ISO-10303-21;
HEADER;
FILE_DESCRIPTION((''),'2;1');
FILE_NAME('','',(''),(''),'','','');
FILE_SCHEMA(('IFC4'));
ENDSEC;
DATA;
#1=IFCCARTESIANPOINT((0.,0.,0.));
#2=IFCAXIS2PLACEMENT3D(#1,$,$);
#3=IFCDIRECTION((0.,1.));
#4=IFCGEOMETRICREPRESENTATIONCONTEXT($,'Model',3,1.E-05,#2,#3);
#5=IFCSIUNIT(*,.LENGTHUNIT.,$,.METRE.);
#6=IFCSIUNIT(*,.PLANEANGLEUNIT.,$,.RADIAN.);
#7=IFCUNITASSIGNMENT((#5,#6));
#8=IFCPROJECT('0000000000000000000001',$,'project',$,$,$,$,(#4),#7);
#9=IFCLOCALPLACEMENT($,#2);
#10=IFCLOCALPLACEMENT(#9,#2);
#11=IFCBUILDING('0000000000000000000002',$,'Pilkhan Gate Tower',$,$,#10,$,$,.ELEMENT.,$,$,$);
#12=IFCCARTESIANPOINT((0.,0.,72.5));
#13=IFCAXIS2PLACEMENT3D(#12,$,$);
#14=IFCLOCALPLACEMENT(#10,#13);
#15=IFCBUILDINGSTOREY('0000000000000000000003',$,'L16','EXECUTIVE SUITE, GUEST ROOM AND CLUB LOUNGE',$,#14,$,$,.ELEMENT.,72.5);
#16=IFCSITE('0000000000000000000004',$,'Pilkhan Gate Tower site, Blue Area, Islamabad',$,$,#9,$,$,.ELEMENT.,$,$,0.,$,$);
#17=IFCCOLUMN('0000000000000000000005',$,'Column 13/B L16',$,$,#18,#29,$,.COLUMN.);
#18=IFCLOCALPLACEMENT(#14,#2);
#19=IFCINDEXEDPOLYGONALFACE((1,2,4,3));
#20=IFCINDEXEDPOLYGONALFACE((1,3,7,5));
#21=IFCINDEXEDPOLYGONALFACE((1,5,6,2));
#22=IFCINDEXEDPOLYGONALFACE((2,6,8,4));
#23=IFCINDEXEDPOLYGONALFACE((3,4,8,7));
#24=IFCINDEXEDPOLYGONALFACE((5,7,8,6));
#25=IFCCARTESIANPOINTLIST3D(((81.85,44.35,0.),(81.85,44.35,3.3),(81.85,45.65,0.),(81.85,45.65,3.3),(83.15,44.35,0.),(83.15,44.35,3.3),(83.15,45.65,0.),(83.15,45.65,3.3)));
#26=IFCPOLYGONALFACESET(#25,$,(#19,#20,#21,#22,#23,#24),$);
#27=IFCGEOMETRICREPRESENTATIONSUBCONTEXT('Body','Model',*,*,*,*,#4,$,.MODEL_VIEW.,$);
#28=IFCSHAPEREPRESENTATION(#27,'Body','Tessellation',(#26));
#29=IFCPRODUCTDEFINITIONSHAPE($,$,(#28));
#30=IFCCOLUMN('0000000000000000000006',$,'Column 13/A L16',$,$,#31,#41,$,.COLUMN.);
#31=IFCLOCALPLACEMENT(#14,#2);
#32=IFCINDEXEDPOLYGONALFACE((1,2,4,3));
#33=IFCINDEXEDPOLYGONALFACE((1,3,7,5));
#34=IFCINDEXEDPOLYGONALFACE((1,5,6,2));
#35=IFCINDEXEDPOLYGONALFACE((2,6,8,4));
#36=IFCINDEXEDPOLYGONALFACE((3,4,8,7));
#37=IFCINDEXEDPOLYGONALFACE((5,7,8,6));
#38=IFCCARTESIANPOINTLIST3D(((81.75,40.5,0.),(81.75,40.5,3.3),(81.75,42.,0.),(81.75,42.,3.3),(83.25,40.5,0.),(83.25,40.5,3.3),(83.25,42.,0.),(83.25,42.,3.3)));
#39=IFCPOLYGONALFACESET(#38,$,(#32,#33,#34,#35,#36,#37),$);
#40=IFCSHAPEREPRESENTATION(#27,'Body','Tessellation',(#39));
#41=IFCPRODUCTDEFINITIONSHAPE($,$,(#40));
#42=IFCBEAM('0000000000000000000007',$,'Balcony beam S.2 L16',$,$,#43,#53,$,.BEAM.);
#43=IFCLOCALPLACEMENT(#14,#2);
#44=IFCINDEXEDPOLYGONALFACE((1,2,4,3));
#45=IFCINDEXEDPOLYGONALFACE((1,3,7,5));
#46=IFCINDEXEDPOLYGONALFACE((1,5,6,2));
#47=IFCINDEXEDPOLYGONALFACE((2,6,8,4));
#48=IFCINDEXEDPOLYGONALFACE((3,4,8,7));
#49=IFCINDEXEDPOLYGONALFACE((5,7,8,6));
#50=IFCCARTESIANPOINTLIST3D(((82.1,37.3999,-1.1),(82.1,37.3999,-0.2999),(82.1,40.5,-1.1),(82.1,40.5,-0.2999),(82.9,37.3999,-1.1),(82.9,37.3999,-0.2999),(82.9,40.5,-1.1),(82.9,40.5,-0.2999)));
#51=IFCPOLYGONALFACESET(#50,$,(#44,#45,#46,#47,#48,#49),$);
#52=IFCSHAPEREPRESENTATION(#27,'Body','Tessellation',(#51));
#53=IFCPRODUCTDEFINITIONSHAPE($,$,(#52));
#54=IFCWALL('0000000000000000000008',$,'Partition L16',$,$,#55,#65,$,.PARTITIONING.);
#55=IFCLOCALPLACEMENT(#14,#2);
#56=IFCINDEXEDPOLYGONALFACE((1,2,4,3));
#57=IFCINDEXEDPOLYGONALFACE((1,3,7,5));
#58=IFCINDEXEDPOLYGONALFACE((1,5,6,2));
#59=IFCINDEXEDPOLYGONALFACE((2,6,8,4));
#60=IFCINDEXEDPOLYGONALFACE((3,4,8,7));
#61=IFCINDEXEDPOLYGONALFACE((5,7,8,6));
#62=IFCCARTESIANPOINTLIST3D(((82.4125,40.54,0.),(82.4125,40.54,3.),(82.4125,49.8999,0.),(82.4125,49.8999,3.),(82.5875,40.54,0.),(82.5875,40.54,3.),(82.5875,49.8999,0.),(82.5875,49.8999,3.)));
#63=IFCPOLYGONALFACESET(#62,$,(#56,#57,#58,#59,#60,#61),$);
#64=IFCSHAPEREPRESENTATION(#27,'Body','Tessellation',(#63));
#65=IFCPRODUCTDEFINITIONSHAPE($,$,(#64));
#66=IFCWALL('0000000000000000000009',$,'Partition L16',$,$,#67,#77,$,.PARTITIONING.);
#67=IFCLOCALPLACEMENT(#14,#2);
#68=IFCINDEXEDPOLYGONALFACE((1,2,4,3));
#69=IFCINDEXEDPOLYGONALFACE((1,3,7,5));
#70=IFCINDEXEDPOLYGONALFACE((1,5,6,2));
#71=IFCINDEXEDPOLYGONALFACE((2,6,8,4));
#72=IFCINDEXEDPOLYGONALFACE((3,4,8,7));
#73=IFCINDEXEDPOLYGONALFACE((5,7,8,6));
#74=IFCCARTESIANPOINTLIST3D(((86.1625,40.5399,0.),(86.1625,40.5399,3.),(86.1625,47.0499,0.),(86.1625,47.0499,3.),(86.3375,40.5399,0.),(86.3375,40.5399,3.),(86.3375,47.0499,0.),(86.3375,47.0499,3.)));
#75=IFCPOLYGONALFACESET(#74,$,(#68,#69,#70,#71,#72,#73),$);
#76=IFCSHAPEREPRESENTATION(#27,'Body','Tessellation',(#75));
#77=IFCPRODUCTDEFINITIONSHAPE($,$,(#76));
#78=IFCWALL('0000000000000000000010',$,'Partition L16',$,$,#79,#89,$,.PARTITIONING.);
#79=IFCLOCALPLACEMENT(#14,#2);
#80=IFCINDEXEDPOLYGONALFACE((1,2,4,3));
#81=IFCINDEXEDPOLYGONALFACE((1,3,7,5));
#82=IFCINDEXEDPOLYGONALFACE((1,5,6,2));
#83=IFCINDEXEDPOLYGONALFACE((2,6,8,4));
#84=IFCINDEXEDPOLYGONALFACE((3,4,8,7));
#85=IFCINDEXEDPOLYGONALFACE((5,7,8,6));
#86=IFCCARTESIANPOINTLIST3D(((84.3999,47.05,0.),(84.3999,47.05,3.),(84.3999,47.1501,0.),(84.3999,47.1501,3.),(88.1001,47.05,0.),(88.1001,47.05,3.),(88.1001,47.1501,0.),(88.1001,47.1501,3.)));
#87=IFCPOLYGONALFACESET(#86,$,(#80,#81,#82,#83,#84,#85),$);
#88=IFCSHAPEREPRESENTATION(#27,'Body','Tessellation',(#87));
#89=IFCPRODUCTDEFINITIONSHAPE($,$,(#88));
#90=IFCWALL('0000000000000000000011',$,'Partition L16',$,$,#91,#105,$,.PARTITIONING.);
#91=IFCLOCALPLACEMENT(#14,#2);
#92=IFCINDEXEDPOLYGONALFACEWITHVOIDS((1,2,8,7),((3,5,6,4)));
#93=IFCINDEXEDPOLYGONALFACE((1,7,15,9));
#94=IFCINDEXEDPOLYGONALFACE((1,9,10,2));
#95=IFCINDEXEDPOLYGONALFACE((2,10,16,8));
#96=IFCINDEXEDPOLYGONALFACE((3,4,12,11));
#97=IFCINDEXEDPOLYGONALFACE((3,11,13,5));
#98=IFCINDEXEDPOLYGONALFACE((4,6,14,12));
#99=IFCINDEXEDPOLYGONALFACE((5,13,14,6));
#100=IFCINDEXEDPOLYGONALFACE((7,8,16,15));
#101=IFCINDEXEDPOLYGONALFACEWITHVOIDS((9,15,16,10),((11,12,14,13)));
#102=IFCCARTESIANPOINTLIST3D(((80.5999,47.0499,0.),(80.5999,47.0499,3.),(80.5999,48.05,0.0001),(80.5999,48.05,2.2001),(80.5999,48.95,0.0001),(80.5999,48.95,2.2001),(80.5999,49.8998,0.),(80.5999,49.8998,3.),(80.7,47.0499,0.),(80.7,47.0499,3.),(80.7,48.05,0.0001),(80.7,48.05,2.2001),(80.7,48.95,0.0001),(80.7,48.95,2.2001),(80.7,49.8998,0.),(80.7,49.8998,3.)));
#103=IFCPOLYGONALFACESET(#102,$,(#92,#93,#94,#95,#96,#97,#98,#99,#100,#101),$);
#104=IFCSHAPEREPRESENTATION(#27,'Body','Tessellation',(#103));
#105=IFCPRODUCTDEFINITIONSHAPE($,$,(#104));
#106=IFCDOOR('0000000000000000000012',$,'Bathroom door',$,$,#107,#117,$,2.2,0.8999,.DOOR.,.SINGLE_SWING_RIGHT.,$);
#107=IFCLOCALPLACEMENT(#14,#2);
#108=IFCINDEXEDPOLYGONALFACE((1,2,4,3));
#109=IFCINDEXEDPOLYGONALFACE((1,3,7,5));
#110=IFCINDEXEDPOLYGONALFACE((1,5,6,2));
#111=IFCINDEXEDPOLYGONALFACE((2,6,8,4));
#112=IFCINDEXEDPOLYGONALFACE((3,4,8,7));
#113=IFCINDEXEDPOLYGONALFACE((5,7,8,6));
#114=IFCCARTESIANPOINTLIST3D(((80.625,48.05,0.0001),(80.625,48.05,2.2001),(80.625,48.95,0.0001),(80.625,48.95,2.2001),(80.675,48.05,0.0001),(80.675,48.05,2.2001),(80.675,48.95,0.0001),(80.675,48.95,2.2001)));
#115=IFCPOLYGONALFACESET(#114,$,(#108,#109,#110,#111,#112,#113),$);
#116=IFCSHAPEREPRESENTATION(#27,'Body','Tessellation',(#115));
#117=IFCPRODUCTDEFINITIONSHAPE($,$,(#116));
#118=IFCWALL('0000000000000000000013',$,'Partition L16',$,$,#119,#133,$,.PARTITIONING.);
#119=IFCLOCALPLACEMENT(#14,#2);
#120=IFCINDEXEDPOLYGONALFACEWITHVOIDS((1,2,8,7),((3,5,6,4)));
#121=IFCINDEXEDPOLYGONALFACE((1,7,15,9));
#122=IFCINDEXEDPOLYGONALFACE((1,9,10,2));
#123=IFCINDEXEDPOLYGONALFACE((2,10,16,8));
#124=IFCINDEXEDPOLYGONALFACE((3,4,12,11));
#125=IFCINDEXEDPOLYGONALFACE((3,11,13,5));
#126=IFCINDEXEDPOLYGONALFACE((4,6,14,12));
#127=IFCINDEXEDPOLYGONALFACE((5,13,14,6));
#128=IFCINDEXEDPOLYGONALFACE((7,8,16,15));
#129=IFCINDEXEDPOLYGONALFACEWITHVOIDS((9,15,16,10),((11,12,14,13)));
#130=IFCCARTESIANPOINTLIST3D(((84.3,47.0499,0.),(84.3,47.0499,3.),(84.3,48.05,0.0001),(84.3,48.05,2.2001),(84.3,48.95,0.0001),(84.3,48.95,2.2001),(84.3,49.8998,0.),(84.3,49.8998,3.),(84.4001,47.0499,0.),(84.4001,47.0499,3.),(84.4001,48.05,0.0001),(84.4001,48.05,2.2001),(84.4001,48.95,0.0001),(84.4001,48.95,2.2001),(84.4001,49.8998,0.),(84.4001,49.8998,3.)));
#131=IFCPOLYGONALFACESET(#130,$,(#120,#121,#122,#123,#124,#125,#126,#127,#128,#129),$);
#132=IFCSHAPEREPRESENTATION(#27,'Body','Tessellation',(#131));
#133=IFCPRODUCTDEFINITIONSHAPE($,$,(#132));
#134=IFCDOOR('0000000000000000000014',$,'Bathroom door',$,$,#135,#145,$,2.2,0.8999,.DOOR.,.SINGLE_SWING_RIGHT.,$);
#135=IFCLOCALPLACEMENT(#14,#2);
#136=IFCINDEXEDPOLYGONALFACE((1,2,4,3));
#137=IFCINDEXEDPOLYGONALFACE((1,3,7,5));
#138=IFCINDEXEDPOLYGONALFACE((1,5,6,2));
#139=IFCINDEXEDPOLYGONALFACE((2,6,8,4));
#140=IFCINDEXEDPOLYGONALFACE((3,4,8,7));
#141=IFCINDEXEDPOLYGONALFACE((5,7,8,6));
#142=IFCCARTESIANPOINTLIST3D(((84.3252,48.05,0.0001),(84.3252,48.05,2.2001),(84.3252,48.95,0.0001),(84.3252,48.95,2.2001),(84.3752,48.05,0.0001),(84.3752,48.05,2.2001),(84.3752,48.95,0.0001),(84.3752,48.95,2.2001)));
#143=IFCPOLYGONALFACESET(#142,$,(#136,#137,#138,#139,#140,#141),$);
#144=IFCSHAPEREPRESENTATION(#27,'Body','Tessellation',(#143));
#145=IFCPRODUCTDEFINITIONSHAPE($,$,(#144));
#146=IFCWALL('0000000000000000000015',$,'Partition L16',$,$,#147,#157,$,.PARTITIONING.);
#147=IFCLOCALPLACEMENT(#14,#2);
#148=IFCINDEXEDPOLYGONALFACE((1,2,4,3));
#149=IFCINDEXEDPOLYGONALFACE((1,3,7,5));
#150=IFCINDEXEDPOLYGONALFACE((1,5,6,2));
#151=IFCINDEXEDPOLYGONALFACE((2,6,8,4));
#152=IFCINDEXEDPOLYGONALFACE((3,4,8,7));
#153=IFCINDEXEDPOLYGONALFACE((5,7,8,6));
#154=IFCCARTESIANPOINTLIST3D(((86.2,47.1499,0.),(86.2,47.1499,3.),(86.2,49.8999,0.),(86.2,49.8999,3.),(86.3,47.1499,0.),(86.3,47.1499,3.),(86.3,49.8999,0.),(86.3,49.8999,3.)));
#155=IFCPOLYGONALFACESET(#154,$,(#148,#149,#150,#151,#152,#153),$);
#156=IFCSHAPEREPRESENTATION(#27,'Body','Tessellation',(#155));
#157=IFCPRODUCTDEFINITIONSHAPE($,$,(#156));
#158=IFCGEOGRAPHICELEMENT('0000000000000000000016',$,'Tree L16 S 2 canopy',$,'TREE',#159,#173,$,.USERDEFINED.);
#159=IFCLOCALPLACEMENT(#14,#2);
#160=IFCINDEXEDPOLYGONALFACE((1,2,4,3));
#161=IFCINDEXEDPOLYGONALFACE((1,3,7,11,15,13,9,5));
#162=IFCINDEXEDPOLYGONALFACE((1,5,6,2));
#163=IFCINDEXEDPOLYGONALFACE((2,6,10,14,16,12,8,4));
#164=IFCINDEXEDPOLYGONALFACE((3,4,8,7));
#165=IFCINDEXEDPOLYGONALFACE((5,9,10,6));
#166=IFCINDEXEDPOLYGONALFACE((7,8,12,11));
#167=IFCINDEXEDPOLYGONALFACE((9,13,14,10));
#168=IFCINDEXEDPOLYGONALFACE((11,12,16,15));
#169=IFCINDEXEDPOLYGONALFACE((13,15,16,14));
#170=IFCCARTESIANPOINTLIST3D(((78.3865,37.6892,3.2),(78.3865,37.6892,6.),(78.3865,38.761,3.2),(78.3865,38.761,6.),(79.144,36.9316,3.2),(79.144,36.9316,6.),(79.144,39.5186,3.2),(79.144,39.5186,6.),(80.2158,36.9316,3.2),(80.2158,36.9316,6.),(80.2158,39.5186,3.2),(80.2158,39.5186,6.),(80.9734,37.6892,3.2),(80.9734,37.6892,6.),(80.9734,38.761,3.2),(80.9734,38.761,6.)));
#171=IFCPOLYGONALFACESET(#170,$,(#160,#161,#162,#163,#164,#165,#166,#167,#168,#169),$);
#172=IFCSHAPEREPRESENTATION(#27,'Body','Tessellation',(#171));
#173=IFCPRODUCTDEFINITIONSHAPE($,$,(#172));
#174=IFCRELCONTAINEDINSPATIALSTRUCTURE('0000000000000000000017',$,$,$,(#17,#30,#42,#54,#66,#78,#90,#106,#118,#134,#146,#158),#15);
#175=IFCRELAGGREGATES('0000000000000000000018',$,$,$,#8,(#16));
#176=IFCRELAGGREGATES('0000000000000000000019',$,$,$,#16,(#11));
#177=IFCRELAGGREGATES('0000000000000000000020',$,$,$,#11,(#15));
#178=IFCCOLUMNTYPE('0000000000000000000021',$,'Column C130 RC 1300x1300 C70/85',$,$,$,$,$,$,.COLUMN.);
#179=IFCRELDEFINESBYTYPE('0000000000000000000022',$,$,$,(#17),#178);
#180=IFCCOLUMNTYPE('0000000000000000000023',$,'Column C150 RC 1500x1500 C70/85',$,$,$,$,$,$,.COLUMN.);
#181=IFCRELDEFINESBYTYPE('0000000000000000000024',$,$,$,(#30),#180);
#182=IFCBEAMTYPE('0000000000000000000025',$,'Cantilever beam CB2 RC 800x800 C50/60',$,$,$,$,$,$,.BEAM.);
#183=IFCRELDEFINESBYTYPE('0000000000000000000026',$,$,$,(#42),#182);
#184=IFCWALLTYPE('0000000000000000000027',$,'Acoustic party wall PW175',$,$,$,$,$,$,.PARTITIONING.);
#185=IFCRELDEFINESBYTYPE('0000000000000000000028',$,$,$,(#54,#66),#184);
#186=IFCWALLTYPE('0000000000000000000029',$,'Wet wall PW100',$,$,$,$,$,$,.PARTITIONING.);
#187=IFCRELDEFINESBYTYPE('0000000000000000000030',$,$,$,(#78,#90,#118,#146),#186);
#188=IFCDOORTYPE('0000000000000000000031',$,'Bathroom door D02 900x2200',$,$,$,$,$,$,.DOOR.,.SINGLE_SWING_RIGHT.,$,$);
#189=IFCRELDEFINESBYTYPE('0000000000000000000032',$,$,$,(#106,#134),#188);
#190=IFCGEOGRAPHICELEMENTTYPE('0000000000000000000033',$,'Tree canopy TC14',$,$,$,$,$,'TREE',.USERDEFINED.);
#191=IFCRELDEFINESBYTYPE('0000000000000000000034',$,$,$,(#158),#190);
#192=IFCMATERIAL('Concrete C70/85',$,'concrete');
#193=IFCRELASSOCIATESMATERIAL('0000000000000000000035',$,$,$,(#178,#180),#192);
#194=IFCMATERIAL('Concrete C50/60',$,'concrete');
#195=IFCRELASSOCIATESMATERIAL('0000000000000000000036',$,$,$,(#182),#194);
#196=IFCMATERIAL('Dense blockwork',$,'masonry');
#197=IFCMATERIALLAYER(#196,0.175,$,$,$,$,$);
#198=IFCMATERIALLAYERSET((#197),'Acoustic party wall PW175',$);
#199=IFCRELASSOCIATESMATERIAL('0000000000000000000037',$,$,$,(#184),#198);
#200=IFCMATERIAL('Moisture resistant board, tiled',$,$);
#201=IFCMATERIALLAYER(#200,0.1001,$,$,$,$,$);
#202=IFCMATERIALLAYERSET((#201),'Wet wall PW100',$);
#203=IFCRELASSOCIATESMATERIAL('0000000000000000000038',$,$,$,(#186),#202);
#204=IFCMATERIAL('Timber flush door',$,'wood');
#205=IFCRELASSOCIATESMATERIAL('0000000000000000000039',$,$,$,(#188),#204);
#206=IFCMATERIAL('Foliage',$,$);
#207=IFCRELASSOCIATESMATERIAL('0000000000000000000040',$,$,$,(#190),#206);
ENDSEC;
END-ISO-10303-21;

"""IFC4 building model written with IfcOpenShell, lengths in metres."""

from ifc_helpers import new_model, si_unit, direction, frame, frame_2d, origin, origin_2d, place, context, subcontext, project, spatial, polyline, rectangle, outline, extrude, material, layer, layer_set, material_profile, profile_set, type_object, element, fill, save


model = new_model("IFC4")

# Units and contexts
model_context = context("Model", 3, precision=1e-05, world=origin(), true_north=direction((0.0, 1.0)))
body_context = subcontext(model_context, "Body", "Model", "MODEL_VIEW")
ifc_project = project(units=[si_unit("LENGTHUNIT", "METRE"), si_unit("PLANEANGLEUNIT", "RADIAN")], contexts=[model_context])

# Site, building, storey
site_placement = place(None, origin())
site = spatial("IfcSite", under=ifc_project, at=site_placement, Name="Pilkhan Gate Tower site, Blue Area, Islamabad", CompositionType="ELEMENT", RefElevation=0.0)
building_placement = place(site_placement, origin())
building = spatial("IfcBuilding", under=site, at=building_placement, Name="Pilkhan Gate Tower", CompositionType="ELEMENT")
storey_placement = place(building_placement, frame((0.0, 0.0, 72.5)))
storey = spatial("IfcBuildingStorey", under=building, at=storey_placement, Name="L16", Description="EXECUTIVE SUITE, GUEST ROOM AND CLUB LOUNGE", CompositionType="ELEMENT", Elevation=72.5)

# Columns
ifc_material_1 = material(Name="Concrete C70/85", Category="concrete")
ifc_material_profile_1 = material_profile(ifc_material_1, rectangle(XDim=1.3, YDim=1.3, at=origin_2d()), Name="RC 1300x1300")
ifc_profile_set_1 = profile_set([ifc_material_profile_1], Name="Concrete C70/85")
column_type_1 = type_object("IfcColumnType", Name="Column C130 RC 1300x1300 C70/85", PredefinedType="COLUMN", material=ifc_profile_set_1)
column_1_placement = place(storey_placement, frame((82.5, 45.0, 0.0), z_axis=(0.0, 0.0, 1.0), x_axis=(1.0, 0.0, 0.0)))
element("IfcColumn", 1, at=column_1_placement, inside=storey, type_object=column_type_1, Name="Column 13/B L16", PredefinedType="COLUMN", context=body_context, shape_type="SweptSolid", body=[
    extrude(rectangle(XDim=1.3, YDim=1.3, at=origin_2d()), origin(), (0.0, 0.0, 1.0), 3.3),
])
ifc_material_profile_2 = material_profile(ifc_material_1, rectangle(XDim=1.5, YDim=1.5, at=origin_2d()), Name="RC 1500x1500")
ifc_profile_set_2 = profile_set([ifc_material_profile_2], Name="Concrete C70/85")
column_type_2 = type_object("IfcColumnType", Name="Column C150 RC 1500x1500 C70/85", PredefinedType="COLUMN", material=ifc_profile_set_2)
column_2_placement = place(storey_placement, frame((82.5, 41.25, 0.0), z_axis=(0.0, 0.0, 1.0), x_axis=(1.0, 0.0, 0.0)))
element("IfcColumn", 2, at=column_2_placement, inside=storey, type_object=column_type_2, Name="Column 13/A L16", PredefinedType="COLUMN", context=body_context, shape_type="SweptSolid", body=[
    extrude(rectangle(XDim=1.5, YDim=1.5, at=origin_2d()), origin(), (0.0, 0.0, 1.0), 3.3),
])

# Beam
ifc_material_2 = material(Name="Concrete C50/60", Category="concrete")
ifc_material_profile_3 = material_profile(ifc_material_2, rectangle(XDim=0.8, YDim=0.8, at=origin_2d()), Name="RC 800x800")
ifc_profile_set_3 = profile_set([ifc_material_profile_3], Name="Concrete C50/60")
beam_type = type_object("IfcBeamType", Name="Cantilever beam CB2 RC 800x800 C50/60", PredefinedType="BEAM", material=ifc_profile_set_3)
beam_placement = place(storey_placement, frame((82.5, 40.5, -0.7), z_axis=(0.0, -1.0, 0.0), x_axis=(1.0, 0.0, 0.0)))
element("IfcBeam", 3, at=beam_placement, inside=storey, type_object=beam_type, Name="Balcony beam S.2 L16", PredefinedType="BEAM", context=body_context, shape_type="SweptSolid", body=[
    extrude(rectangle(XDim=0.8, YDim=0.8, at=origin_2d()), origin(), (0.0, 0.0, 1.0), 3.1001),
])

# Walls
ifc_material_3 = material(Name="Dense blockwork", Category="masonry")
ifc_layer_1 = layer(ifc_material_3, 0.175)
ifc_layer_set_1 = layer_set([ifc_layer_1], Name="Acoustic party wall PW175")
wall_type_1 = type_object("IfcWallType", Name="Acoustic party wall PW175", PredefinedType="PARTITIONING", material=ifc_layer_set_1)
wall_1_placement = place(storey_placement, frame((82.5, 40.54, 0.0), z_axis=(0.0, 0.0, 1.0), x_axis=(0.0, 1.0, 0.0)))
element("IfcWall", 4, at=wall_1_placement, inside=storey, type_object=wall_type_1, Name="Partition L16", PredefinedType="PARTITIONING", context=body_context, shape_type="SweptSolid", body=[
    extrude(rectangle(XDim=9.3599, YDim=0.175, at=frame_2d((4.6799, 0.0))), origin(), (0.0, 0.0, 1.0), 3.0),
])
wall_2_placement = place(storey_placement, frame((86.25, 40.54, 0.0), z_axis=(0.0, 0.0, 1.0), x_axis=(0.0, 1.0, 0.0)))
element("IfcWall", 5, at=wall_2_placement, inside=storey, type_object=wall_type_1, Name="Partition L16", PredefinedType="PARTITIONING", context=body_context, shape_type="SweptSolid", body=[
    extrude(rectangle(XDim=6.51, YDim=0.175, at=frame_2d((3.2549, 0.0))), origin(), (0.0, 0.0, 1.0), 3.0),
])

# Wall
ifc_material_4 = material(Name="Moisture resistant board, tiled")
ifc_layer_2 = layer(ifc_material_4, 0.1001)
ifc_layer_set_2 = layer_set([ifc_layer_2], Name="Wet wall PW100")
wall_type_2 = type_object("IfcWallType", Name="Wet wall PW100", PredefinedType="PARTITIONING", material=ifc_layer_set_2)
wall_3_placement = place(storey_placement, frame((84.3999, 47.1001, 0.0), z_axis=(0.0, 0.0, 1.0), x_axis=(1.0, 0.0, 0.0)))
element("IfcWall", 6, at=wall_3_placement, inside=storey, type_object=wall_type_2, Name="Partition L16", PredefinedType="PARTITIONING", context=body_context, shape_type="SweptSolid", body=[
    extrude(rectangle(XDim=3.7002, YDim=0.1001, at=frame_2d((1.8501, 0.0))), origin(), (0.0, 0.0, 1.0), 3.0),
])

# Walls, openings, doors
wall_4_placement = place(storey_placement, frame((80.6499, 47.05, 0.0), z_axis=(0.0, 0.0, 1.0), x_axis=(0.0, 1.0, 0.0)))
wall_4 = element("IfcWall", 7, at=wall_4_placement, inside=storey, type_object=wall_type_2, Name="Partition L16", PredefinedType="PARTITIONING", context=body_context, shape_type="SweptSolid", body=[
    extrude(rectangle(XDim=2.8499, YDim=0.1001, at=frame_2d((1.4248, 0.0))), origin(), (0.0, 0.0, 1.0), 3.0),
])
opening_1_placement = place(wall_4_placement, frame((1.0, 0.0, 0.0)))
opening_1 = element("IfcOpeningElement", 8, at=opening_1_placement, cuts=wall_4, PredefinedType="OPENING", context=body_context, shape_type="SweptSolid", body=[
    extrude(rectangle(XDim=0.8999, YDim=2.2, at=frame_2d((0.45, 1.1001))), frame((0.0, 0.0601, 0.0), z_axis=(0.0, -1.0, 0.0), x_axis=(1.0, 0.0, 0.0)), (0.0, 0.0, 1.0), 0.1201),
])
ifc_material_5 = material(Name="Timber flush door", Category="wood")
door_type_1 = type_object("IfcDoorType", Name="Bathroom door D02 900x2200", OperationType="SINGLE_SWING_RIGHT", PredefinedType="DOOR", material=ifc_material_5)
door_1_placement = place(opening_1_placement, origin())
door_1 = element("IfcDoor", 9, at=door_1_placement, inside=storey, type_object=door_type_1, Name="Bathroom door", OperationType="SINGLE_SWING_RIGHT", OverallHeight=2.2, OverallWidth=0.8999, PredefinedType="DOOR", context=body_context, shape_type="SweptSolid", body=[
    extrude(rectangle(XDim=0.8999, YDim=2.2, at=frame_2d((0.45, 1.1001))), frame((0.0, 0.0249, 0.0), z_axis=(0.0, -1.0, 0.0), x_axis=(1.0, 0.0, 0.0)), (0.0, 0.0, 1.0), 0.05),
])
fill(opening_1, door_1)
wall_5_placement = place(storey_placement, frame((84.3501, 47.05, 0.0), z_axis=(0.0, 0.0, 1.0), x_axis=(0.0, 1.0, 0.0)))
wall_5 = element("IfcWall", 10, at=wall_5_placement, inside=storey, type_object=wall_type_2, Name="Partition L16", PredefinedType="PARTITIONING", context=body_context, shape_type="SweptSolid", body=[
    extrude(rectangle(XDim=2.8499, YDim=0.1001, at=frame_2d((1.4248, 0.0))), origin(), (0.0, 0.0, 1.0), 3.0),
])
opening_2_placement = place(wall_5_placement, frame((1.0, 0.0, 0.0)))
opening_2 = element("IfcOpeningElement", 11, at=opening_2_placement, cuts=wall_5, PredefinedType="OPENING", context=body_context, shape_type="SweptSolid", body=[
    extrude(rectangle(XDim=0.8999, YDim=2.2, at=frame_2d((0.45, 1.1001))), frame((0.0, 0.0601, 0.0), z_axis=(0.0, -1.0, 0.0), x_axis=(1.0, 0.0, 0.0)), (0.0, 0.0, 1.0), 0.1201),
])
door_2_placement = place(opening_2_placement, origin())
door_2 = element("IfcDoor", 12, at=door_2_placement, inside=storey, type_object=door_type_1, Name="Bathroom door", OperationType="SINGLE_SWING_RIGHT", OverallHeight=2.2, OverallWidth=0.8999, PredefinedType="DOOR", context=body_context, shape_type="SweptSolid", body=[
    extrude(rectangle(XDim=0.8999, YDim=2.2, at=frame_2d((0.45, 1.1001))), frame((0.0, 0.0249, 0.0), z_axis=(0.0, -1.0, 0.0), x_axis=(1.0, 0.0, 0.0)), (0.0, 0.0, 1.0), 0.05),
])
fill(opening_2, door_2)

# Wall
wall_6_placement = place(storey_placement, frame((86.25, 47.1499, 0.0), z_axis=(0.0, 0.0, 1.0), x_axis=(0.0, 1.0, 0.0)))
element("IfcWall", 13, at=wall_6_placement, inside=storey, type_object=wall_type_2, Name="Partition L16", PredefinedType="PARTITIONING", context=body_context, shape_type="SweptSolid", body=[
    extrude(rectangle(XDim=2.75, YDim=0.1001, at=frame_2d((1.375, 0.0))), origin(), (0.0, 0.0, 1.0), 3.0),
])

# Geographic element
ifc_material_6 = material(Name="Foliage")
ifc_material_profile_4 = material_profile(ifc_material_6, outline(polyline([(1.2935, 0.5359), (0.5359, 1.2935), (-0.5359, 1.2935), (-1.2935, 0.5359), (-1.2935, -0.5359), (-0.5359, -1.2935), (0.5359, -1.2935), (1.2935, -0.5359), (1.2935, 0.5359)])), Name="Canopy D2.8")
ifc_profile_set_4 = profile_set([ifc_material_profile_4], Name="Foliage")
geographic_element_type_1 = type_object("IfcGeographicElementType", Name="Tree canopy TC14", ElementType="TREE", PredefinedType="USERDEFINED", material=ifc_profile_set_4)
for number, where, z_axis, x_axis, name in (
    (14, (79.6799, 38.2251, 3.2), (0.0, 0.0, 1.0), (1.0, 0.0, 0.0), "Tree L16 S 2 canopy"),
):
    element("IfcGeographicElement", number, at=place(storey_placement, frame(where, z_axis=z_axis, x_axis=x_axis)), inside=storey, type_object=geographic_element_type_1, Name=name, ObjectType="TREE", PredefinedType="USERDEFINED", context=body_context, shape_type="SweptSolid", body=[
        extrude(outline(polyline([(1.2935, 0.5359), (0.5359, 1.2935), (-0.5359, 1.2935), (-1.2935, 0.5359), (-1.2935, -0.5359), (-0.5359, -1.2935), (0.5359, -1.2935), (1.2935, -0.5359), (1.2935, 0.5359)])), origin(), (0.0, 0.0, 1.0), 2.8),
    ])

save(model, "model.ifc")
